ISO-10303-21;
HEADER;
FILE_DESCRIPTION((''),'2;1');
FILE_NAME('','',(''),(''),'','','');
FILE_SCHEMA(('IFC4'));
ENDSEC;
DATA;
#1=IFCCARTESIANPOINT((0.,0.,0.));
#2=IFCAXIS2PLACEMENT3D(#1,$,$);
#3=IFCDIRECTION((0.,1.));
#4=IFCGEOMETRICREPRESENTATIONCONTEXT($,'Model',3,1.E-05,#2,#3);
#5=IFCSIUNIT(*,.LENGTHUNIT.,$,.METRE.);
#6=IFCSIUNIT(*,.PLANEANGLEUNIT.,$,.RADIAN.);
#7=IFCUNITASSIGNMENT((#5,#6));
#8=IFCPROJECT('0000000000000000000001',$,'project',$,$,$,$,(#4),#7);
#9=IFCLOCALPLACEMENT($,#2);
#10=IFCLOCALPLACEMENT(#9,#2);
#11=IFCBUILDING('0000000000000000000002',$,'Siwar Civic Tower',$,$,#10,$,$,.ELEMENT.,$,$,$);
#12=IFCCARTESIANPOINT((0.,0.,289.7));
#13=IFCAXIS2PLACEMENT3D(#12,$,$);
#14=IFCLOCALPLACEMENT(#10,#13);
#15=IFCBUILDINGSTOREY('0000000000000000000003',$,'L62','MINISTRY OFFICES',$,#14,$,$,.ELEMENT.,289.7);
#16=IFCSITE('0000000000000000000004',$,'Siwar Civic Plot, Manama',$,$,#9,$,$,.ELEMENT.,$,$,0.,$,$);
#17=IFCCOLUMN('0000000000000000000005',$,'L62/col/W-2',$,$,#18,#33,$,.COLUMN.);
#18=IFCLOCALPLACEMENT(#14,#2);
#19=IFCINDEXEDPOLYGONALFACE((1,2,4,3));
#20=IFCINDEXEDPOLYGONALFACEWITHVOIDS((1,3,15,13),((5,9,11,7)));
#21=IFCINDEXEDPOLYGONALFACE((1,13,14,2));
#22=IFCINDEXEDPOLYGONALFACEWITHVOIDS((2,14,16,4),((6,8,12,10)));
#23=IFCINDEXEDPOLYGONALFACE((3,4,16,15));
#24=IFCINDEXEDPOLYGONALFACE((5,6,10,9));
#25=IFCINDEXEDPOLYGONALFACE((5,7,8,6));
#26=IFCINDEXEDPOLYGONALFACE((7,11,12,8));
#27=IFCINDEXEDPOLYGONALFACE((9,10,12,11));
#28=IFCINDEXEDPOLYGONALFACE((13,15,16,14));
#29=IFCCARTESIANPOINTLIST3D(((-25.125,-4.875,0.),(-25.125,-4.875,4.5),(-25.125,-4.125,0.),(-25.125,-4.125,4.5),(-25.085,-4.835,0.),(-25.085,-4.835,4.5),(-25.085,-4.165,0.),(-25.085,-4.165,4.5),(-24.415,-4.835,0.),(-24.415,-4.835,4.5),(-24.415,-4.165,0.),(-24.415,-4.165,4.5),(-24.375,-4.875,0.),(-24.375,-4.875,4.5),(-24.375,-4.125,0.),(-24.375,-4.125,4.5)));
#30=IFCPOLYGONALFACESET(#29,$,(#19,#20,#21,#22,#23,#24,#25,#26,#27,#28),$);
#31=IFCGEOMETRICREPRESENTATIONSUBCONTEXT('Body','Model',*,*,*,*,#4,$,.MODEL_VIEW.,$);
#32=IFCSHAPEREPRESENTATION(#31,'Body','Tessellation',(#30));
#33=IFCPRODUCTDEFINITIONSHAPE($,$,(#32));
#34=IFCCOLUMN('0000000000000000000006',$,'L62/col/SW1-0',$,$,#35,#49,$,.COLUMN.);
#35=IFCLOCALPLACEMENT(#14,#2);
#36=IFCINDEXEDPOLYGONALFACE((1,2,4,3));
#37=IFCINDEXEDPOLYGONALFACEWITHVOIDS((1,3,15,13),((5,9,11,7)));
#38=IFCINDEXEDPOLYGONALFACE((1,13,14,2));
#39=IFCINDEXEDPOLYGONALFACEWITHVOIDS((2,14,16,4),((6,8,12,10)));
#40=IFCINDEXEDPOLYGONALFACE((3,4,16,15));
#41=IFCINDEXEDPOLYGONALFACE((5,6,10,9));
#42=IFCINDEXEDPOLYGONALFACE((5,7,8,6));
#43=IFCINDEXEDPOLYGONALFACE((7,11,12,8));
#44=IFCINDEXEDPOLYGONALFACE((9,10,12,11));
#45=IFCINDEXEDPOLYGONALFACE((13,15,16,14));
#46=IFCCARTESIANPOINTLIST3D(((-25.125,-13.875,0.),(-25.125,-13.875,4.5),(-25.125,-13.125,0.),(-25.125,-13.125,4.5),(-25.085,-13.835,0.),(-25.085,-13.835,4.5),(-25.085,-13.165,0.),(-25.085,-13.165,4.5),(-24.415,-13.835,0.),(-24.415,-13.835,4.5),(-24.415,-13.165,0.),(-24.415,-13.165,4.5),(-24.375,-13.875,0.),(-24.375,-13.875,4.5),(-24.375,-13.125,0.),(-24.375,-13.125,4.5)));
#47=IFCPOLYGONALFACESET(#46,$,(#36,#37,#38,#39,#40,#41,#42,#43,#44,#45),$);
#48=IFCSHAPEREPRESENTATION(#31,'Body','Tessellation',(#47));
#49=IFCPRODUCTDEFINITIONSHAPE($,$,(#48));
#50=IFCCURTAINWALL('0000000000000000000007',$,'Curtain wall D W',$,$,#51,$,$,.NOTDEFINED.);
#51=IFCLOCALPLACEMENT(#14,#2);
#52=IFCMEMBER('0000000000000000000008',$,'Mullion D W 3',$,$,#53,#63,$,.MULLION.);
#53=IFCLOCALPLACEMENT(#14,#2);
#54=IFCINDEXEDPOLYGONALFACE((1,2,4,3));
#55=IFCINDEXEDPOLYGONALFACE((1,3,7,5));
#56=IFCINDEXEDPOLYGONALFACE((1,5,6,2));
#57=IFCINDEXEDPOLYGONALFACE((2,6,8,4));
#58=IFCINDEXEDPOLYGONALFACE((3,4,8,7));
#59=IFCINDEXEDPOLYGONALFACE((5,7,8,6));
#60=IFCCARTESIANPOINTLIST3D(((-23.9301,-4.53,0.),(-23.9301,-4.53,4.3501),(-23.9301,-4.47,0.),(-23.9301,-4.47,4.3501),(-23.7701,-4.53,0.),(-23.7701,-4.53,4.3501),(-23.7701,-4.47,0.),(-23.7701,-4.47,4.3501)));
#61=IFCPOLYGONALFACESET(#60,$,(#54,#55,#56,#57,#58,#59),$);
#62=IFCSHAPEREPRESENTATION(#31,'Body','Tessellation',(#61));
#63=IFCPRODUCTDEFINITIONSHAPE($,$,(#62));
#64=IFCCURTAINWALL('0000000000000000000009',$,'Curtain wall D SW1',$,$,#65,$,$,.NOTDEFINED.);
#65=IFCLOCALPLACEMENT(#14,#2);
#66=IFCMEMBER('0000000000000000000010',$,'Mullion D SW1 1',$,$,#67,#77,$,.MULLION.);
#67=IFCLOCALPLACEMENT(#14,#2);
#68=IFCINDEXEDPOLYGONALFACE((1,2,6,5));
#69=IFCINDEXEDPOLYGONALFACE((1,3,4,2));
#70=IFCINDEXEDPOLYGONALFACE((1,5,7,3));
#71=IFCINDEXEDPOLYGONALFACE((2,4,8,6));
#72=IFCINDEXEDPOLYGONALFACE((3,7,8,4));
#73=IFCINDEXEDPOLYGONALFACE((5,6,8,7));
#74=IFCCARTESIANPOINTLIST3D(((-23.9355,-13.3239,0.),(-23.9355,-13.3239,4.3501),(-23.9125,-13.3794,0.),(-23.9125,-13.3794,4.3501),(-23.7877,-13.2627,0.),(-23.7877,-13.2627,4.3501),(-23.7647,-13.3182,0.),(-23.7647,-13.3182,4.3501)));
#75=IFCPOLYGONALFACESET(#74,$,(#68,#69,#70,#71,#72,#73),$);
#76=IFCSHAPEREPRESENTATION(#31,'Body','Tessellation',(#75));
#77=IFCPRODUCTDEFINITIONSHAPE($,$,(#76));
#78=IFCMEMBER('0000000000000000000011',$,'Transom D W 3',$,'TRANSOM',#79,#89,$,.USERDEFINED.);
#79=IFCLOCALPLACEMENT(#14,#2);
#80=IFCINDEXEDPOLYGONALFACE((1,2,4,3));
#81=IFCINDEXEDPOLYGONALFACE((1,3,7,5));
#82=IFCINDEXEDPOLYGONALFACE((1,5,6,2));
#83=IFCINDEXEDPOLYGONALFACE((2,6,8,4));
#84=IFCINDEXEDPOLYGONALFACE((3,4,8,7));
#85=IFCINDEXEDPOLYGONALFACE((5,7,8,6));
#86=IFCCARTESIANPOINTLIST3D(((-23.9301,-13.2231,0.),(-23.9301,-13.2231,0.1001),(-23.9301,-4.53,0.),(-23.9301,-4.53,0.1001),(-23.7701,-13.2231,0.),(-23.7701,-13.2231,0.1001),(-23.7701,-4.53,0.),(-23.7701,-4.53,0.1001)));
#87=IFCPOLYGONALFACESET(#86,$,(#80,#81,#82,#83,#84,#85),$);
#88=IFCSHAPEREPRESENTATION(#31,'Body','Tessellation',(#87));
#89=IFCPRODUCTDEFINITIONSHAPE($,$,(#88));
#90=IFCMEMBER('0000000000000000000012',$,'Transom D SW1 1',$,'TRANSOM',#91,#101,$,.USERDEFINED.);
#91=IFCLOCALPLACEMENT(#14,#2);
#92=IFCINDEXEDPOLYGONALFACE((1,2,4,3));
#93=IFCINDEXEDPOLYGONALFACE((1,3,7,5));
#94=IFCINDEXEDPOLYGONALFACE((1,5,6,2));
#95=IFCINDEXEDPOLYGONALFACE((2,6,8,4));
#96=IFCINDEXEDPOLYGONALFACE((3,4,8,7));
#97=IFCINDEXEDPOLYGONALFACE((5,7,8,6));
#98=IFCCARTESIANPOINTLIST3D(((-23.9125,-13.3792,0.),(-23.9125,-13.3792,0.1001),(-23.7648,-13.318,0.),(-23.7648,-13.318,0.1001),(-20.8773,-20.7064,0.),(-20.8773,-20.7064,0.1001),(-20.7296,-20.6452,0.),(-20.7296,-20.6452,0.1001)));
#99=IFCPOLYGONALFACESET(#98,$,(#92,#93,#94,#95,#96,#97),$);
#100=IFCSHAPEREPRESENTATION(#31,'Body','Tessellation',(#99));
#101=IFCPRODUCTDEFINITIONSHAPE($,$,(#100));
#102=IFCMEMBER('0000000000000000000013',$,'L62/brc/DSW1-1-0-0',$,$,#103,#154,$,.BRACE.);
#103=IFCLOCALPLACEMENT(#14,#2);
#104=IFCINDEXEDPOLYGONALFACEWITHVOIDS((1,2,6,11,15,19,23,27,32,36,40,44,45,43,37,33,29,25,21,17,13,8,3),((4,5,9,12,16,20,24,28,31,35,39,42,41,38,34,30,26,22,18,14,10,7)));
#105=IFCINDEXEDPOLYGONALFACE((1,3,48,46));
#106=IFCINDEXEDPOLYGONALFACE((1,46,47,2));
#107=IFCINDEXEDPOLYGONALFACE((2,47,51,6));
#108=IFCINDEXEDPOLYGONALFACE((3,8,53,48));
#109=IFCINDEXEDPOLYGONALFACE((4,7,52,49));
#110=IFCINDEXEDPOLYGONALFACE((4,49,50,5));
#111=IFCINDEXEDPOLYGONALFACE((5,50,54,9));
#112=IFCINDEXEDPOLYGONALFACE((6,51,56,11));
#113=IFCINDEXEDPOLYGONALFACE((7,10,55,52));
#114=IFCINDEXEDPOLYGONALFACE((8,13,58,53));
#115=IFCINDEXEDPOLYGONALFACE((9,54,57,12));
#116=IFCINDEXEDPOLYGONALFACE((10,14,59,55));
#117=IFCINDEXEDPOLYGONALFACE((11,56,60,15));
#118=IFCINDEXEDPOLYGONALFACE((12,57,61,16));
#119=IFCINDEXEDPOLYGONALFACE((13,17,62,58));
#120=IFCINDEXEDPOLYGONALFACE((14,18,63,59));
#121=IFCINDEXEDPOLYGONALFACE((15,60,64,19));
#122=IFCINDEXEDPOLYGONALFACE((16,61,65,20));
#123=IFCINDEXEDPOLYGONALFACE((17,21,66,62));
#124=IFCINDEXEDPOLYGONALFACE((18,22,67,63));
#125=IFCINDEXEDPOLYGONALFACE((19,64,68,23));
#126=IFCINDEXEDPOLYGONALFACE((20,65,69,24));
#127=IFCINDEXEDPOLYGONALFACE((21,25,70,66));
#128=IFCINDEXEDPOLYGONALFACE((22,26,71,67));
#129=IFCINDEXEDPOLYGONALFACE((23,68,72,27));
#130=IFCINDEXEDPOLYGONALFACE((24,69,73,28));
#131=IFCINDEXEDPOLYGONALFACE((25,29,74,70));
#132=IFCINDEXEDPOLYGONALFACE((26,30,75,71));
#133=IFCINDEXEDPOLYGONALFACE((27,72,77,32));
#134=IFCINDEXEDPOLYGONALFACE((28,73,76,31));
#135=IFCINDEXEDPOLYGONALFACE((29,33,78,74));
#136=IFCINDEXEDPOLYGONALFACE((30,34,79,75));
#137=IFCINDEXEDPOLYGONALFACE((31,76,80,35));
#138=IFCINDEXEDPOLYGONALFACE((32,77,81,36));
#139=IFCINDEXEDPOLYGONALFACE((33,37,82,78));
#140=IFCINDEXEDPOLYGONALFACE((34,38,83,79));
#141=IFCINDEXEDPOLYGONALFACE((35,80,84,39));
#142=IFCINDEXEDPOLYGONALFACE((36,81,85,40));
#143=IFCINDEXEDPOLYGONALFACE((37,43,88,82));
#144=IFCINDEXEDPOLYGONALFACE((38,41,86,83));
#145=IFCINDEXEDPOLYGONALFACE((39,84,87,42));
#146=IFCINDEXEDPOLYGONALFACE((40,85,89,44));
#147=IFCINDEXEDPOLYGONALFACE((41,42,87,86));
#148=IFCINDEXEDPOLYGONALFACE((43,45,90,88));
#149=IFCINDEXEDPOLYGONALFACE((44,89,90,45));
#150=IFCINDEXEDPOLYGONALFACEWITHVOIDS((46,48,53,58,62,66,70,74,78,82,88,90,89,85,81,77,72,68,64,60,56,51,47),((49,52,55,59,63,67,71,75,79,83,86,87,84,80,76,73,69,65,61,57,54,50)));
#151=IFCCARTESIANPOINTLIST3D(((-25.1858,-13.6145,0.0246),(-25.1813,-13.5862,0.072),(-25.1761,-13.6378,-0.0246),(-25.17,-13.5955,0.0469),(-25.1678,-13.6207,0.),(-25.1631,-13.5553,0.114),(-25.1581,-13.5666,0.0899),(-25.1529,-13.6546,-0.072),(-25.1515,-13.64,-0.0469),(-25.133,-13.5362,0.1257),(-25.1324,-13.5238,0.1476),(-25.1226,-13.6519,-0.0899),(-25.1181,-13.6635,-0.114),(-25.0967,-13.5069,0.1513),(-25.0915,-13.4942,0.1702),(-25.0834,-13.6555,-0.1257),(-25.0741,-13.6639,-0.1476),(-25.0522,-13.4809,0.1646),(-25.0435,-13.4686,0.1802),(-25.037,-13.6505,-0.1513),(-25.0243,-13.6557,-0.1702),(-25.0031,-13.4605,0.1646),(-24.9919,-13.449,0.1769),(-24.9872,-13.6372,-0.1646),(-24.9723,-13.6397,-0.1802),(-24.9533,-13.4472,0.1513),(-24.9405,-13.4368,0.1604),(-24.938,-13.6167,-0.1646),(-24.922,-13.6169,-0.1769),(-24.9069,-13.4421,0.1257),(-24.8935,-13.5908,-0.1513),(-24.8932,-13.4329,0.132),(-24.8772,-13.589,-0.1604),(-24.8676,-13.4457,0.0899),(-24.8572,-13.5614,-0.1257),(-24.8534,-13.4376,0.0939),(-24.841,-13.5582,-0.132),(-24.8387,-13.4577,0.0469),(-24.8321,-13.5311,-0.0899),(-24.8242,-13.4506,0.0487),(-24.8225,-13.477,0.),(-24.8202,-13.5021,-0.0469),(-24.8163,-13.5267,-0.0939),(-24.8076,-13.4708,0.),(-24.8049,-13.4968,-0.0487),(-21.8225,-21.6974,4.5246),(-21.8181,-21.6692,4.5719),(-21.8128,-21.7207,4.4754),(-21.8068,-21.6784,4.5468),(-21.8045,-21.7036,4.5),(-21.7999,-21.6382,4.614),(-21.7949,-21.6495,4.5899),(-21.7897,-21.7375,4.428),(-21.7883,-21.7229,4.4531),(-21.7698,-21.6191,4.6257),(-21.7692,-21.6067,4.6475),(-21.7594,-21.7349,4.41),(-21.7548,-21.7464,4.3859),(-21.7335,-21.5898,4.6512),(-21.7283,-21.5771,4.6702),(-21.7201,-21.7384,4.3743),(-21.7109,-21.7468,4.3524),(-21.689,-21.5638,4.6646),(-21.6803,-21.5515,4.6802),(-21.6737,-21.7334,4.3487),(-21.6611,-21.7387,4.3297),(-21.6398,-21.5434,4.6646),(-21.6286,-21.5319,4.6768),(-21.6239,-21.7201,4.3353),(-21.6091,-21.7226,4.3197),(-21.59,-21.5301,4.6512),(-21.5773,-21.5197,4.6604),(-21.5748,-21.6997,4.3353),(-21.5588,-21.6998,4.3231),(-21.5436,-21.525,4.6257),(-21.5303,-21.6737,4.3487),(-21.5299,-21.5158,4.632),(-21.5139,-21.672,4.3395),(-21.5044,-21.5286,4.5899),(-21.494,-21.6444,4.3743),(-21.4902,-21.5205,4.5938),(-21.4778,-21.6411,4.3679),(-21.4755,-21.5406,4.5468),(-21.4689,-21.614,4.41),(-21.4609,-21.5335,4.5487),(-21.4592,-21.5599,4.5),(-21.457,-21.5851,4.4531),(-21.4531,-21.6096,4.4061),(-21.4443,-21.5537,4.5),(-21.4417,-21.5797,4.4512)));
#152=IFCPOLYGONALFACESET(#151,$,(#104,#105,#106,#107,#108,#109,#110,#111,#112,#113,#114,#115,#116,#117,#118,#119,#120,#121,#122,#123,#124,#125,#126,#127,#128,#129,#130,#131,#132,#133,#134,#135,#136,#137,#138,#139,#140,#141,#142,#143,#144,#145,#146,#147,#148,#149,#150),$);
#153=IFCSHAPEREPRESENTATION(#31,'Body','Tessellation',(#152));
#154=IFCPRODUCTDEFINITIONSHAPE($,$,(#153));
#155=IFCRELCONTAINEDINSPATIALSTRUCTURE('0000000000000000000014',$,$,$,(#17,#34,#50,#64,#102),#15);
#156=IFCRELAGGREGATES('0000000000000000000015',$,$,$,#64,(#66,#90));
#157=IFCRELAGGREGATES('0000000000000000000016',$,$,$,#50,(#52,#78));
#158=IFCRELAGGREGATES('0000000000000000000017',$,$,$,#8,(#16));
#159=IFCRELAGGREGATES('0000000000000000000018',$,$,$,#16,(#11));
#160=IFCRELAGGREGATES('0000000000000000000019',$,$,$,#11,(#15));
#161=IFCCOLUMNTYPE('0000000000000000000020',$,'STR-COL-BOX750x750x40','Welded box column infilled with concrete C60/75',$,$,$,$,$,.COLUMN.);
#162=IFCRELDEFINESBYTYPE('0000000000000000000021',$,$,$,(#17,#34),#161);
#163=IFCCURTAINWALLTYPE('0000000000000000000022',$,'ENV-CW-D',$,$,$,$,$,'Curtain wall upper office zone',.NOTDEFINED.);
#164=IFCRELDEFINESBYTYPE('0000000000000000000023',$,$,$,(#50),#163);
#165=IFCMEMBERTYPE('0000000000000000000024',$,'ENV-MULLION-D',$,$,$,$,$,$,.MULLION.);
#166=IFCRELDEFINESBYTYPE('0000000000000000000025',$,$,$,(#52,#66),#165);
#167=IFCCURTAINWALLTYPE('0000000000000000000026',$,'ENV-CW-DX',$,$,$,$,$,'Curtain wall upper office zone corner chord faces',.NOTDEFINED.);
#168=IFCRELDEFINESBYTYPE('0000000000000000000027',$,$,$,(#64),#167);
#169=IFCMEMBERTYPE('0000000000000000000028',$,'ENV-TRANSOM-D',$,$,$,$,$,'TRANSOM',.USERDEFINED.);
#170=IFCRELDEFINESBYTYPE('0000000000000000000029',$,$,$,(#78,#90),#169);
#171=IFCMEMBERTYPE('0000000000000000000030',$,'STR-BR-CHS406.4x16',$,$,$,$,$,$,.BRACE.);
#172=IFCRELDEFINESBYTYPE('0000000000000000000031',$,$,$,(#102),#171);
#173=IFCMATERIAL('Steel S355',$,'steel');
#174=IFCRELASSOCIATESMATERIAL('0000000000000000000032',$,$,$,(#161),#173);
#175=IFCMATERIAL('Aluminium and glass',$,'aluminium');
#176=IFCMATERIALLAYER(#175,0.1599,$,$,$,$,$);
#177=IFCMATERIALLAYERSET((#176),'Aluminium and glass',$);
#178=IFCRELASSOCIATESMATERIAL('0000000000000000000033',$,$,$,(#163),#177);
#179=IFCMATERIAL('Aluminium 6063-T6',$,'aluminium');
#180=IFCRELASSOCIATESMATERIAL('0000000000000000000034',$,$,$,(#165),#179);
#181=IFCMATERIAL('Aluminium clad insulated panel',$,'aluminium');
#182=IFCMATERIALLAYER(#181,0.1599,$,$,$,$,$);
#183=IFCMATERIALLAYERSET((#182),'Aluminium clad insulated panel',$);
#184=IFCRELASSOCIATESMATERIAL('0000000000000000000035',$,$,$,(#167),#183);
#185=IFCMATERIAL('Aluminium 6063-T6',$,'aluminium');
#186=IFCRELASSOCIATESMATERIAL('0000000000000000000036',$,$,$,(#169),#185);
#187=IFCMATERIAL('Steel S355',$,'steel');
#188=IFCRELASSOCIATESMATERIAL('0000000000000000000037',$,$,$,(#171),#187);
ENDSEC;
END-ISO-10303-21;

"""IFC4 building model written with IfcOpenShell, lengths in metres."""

from ifc_helpers import new_model, si_unit, direction, frame, origin, origin_2d, place, context, subcontext, project, spatial, rectangle, hollow_rectangle, hollow_circle, extrude, material, layer, layer_set, material_profile, profile_set, type_object, element, aggregate, save


model = new_model("IFC4")

# Units and contexts
model_context = context("Model", 3, precision=1e-05, world=origin(), true_north=direction((0.0, 1.0)))
body_context = subcontext(model_context, "Body", "Model", "MODEL_VIEW")
ifc_project = project(units=[si_unit("LENGTHUNIT", "METRE"), si_unit("PLANEANGLEUNIT", "RADIAN")], contexts=[model_context])

# Site, building, storey
site_placement = place(None, origin())
site = spatial("IfcSite", under=ifc_project, at=site_placement, Name="Siwar Civic Plot, Manama", CompositionType="ELEMENT", RefElevation=0.0)
building_placement = place(site_placement, origin())
building = spatial("IfcBuilding", under=site, at=building_placement, Name="Siwar Civic Tower", CompositionType="ELEMENT")
storey_placement = place(building_placement, frame((0.0, 0.0, 289.7)))
storey = spatial("IfcBuildingStorey", under=building, at=storey_placement, Name="L62", Description="MINISTRY OFFICES", CompositionType="ELEMENT", Elevation=289.7)

# Columns
ifc_material_1 = material(Name="Steel S355", Category="steel")
ifc_material_profile_1 = material_profile(ifc_material_1, hollow_rectangle(XDim=0.75, YDim=0.75, WallThickness=0.04, at=origin_2d()), Name="BOX750x750x40")
ifc_profile_set_1 = profile_set([ifc_material_profile_1], Name="Steel S355")
column_type = type_object("IfcColumnType", Name="STR-COL-BOX750x750x40", Description="Welded box column infilled with concrete C60/75", PredefinedType="COLUMN", material=ifc_profile_set_1)
for number, where, z_axis, x_axis, name in (
    (1, (-24.75, -4.5, 0.0), (0.0, 0.0, 1.0), (1.0, 0.0, 0.0), "L62/col/W-2"),
    (2, (-24.75, -13.5, 0.0), (0.0, 0.0, 1.0), (1.0, 0.0, 0.0), "L62/col/SW1-0"),
):
    element("IfcColumn", number, at=place(storey_placement, frame(where, z_axis=z_axis, x_axis=x_axis)), inside=storey, type_object=column_type, Name=name, PredefinedType="COLUMN", context=body_context, shape_type="SweptSolid", body=[
        extrude(hollow_rectangle(XDim=0.75, YDim=0.75, WallThickness=0.04, at=origin_2d()), origin(), (0.0, 0.0, 1.0), 4.5),
    ])

# Curtain walls, members
ifc_material_2 = material(Name="Aluminium and glass", Category="aluminium")
ifc_layer_1 = layer(ifc_material_2, 0.1599)
ifc_layer_set_1 = layer_set([ifc_layer_1], Name="Aluminium and glass")
curtain_wall_type_1 = type_object("IfcCurtainWallType", Name="ENV-CW-D", ElementType="Curtain wall upper office zone", PredefinedType="NOTDEFINED", material=ifc_layer_set_1)
curtain_wall_1_placement = place(storey_placement, origin())
curtain_wall_1 = element("IfcCurtainWall", 3, at=curtain_wall_1_placement, inside=storey, type_object=curtain_wall_type_1, Name="Curtain wall D W", PredefinedType="NOTDEFINED")
ifc_material_3 = material(Name="Aluminium 6063-T6", Category="aluminium")
ifc_material_profile_2 = material_profile(ifc_material_3, rectangle(XDim=0.1599, YDim=0.0601, at=origin_2d()), Name="AL 160x60")
ifc_profile_set_2 = profile_set([ifc_material_profile_2], Name="Aluminium 6063-T6")
member_type_1 = type_object("IfcMemberType", Name="ENV-MULLION-D", PredefinedType="MULLION", material=ifc_profile_set_2)
member_1_placement = place(storey_placement, frame((-23.8501, -4.5, 0.0), z_axis=(0.0, 0.0, 1.0), x_axis=(1.0, 0.0, 0.0)))
member_1 = element("IfcMember", 4, at=member_1_placement, type_object=member_type_1, Name="Mullion D W 3", PredefinedType="MULLION", context=body_context, shape_type="SweptSolid", body=[
    extrude(rectangle(XDim=0.1599, YDim=0.0601, at=origin_2d()), origin(), (0.0, 0.0, 1.0), 4.3501),
])
ifc_material_4 = material(Name="Aluminium clad insulated panel", Category="aluminium")
ifc_layer_2 = layer(ifc_material_4, 0.1599)
ifc_layer_set_2 = layer_set([ifc_layer_2], Name="Aluminium clad insulated panel")
curtain_wall_type_2 = type_object("IfcCurtainWallType", Name="ENV-CW-DX", ElementType="Curtain wall upper office zone corner chord faces", PredefinedType="NOTDEFINED", material=ifc_layer_set_2)
curtain_wall_2_placement = place(storey_placement, origin())
curtain_wall_2 = element("IfcCurtainWall", 5, at=curtain_wall_2_placement, inside=storey, type_object=curtain_wall_type_2, Name="Curtain wall D SW1", PredefinedType="NOTDEFINED")
member_2_placement = place(storey_placement, frame((-23.8501, -13.321, 0.0), z_axis=(0.0, 0.0, 1.0), x_axis=(0.92388, 0.382683, 0.0)))
member_2 = element("IfcMember", 6, at=member_2_placement, type_object=member_type_1, Name="Mullion D SW1 1", PredefinedType="MULLION", context=body_context, shape_type="SweptSolid", body=[
    extrude(rectangle(XDim=0.1599, YDim=0.0601, at=origin_2d()), origin(), (0.0, 0.0, 1.0), 4.3501),
])

# Members
ifc_material_5 = material(Name="Aluminium 6063-T6", Category="aluminium")
ifc_material_profile_3 = material_profile(ifc_material_5, rectangle(XDim=0.1599, YDim=0.1001, at=origin_2d()), Name="AL 160x100")
ifc_profile_set_3 = profile_set([ifc_material_profile_3], Name="Aluminium 6063-T6")
member_type_2 = type_object("IfcMemberType", Name="ENV-TRANSOM-D", ElementType="TRANSOM", PredefinedType="USERDEFINED", material=ifc_profile_set_3)
member_3_placement = place(storey_placement, frame((-23.8501, -4.53, 0.05), z_axis=(0.0, -1.0, 0.0), x_axis=(1.0, 0.0, 0.0)))
member_3 = element("IfcMember", 7, at=member_3_placement, type_object=member_type_2, Name="Transom D W 3", ObjectType="TRANSOM", PredefinedType="USERDEFINED", context=body_context, shape_type="SweptSolid", body=[
    extrude(rectangle(XDim=0.1599, YDim=0.1001, at=origin_2d()), origin(), (0.0, 0.0, 1.0), 8.6931),
])
member_4_placement = place(storey_placement, frame((-23.8386, -13.3486, 0.05), z_axis=(0.3827, -0.923873, 0.0), x_axis=(0.923873, 0.3827, 0.0)))
member_4 = element("IfcMember", 8, at=member_4_placement, type_object=member_type_2, Name="Transom D SW1 1", ObjectType="TRANSOM", PredefinedType="USERDEFINED", context=body_context, shape_type="SweptSolid", body=[
    extrude(rectangle(XDim=0.1599, YDim=0.1001, at=origin_2d()), origin(), (0.0, 0.0, 1.0), 7.9309),
])
aggregate(curtain_wall_2, [member_2, member_4])
ifc_material_6 = material(Name="Steel S355", Category="steel")
ifc_material_profile_4 = material_profile(ifc_material_6, hollow_circle(Radius=0.2031, WallThickness=0.0161, at=origin_2d()), Name="CHS406.4x16")
ifc_profile_set_4 = profile_set([ifc_material_profile_4], Name="Steel S355")
member_type_3 = type_object("IfcMemberType", Name="STR-BR-CHS406.4x16", PredefinedType="BRACE", material=ifc_profile_set_4)
member_5_placement = place(storey_placement, frame((-24.9951, -13.5488, 0.0), z_axis=(0.341671, -0.821143, 0.457149), x_axis=(0.923265, 0.384164, 0.0)))
element("IfcMember", 9, at=member_5_placement, inside=storey, type_object=member_type_3, Name="L62/brc/DSW1-1-0-0", PredefinedType="BRACE", context=body_context, shape_type="SweptSolid", body=[
    extrude(hollow_circle(Radius=0.2031, WallThickness=0.0161, at=origin_2d()), origin(), (0.0, 0.0, 1.0), 9.8435),
])

aggregate(curtain_wall_1, [member_1, member_3])

save(model, "model.ifc")
